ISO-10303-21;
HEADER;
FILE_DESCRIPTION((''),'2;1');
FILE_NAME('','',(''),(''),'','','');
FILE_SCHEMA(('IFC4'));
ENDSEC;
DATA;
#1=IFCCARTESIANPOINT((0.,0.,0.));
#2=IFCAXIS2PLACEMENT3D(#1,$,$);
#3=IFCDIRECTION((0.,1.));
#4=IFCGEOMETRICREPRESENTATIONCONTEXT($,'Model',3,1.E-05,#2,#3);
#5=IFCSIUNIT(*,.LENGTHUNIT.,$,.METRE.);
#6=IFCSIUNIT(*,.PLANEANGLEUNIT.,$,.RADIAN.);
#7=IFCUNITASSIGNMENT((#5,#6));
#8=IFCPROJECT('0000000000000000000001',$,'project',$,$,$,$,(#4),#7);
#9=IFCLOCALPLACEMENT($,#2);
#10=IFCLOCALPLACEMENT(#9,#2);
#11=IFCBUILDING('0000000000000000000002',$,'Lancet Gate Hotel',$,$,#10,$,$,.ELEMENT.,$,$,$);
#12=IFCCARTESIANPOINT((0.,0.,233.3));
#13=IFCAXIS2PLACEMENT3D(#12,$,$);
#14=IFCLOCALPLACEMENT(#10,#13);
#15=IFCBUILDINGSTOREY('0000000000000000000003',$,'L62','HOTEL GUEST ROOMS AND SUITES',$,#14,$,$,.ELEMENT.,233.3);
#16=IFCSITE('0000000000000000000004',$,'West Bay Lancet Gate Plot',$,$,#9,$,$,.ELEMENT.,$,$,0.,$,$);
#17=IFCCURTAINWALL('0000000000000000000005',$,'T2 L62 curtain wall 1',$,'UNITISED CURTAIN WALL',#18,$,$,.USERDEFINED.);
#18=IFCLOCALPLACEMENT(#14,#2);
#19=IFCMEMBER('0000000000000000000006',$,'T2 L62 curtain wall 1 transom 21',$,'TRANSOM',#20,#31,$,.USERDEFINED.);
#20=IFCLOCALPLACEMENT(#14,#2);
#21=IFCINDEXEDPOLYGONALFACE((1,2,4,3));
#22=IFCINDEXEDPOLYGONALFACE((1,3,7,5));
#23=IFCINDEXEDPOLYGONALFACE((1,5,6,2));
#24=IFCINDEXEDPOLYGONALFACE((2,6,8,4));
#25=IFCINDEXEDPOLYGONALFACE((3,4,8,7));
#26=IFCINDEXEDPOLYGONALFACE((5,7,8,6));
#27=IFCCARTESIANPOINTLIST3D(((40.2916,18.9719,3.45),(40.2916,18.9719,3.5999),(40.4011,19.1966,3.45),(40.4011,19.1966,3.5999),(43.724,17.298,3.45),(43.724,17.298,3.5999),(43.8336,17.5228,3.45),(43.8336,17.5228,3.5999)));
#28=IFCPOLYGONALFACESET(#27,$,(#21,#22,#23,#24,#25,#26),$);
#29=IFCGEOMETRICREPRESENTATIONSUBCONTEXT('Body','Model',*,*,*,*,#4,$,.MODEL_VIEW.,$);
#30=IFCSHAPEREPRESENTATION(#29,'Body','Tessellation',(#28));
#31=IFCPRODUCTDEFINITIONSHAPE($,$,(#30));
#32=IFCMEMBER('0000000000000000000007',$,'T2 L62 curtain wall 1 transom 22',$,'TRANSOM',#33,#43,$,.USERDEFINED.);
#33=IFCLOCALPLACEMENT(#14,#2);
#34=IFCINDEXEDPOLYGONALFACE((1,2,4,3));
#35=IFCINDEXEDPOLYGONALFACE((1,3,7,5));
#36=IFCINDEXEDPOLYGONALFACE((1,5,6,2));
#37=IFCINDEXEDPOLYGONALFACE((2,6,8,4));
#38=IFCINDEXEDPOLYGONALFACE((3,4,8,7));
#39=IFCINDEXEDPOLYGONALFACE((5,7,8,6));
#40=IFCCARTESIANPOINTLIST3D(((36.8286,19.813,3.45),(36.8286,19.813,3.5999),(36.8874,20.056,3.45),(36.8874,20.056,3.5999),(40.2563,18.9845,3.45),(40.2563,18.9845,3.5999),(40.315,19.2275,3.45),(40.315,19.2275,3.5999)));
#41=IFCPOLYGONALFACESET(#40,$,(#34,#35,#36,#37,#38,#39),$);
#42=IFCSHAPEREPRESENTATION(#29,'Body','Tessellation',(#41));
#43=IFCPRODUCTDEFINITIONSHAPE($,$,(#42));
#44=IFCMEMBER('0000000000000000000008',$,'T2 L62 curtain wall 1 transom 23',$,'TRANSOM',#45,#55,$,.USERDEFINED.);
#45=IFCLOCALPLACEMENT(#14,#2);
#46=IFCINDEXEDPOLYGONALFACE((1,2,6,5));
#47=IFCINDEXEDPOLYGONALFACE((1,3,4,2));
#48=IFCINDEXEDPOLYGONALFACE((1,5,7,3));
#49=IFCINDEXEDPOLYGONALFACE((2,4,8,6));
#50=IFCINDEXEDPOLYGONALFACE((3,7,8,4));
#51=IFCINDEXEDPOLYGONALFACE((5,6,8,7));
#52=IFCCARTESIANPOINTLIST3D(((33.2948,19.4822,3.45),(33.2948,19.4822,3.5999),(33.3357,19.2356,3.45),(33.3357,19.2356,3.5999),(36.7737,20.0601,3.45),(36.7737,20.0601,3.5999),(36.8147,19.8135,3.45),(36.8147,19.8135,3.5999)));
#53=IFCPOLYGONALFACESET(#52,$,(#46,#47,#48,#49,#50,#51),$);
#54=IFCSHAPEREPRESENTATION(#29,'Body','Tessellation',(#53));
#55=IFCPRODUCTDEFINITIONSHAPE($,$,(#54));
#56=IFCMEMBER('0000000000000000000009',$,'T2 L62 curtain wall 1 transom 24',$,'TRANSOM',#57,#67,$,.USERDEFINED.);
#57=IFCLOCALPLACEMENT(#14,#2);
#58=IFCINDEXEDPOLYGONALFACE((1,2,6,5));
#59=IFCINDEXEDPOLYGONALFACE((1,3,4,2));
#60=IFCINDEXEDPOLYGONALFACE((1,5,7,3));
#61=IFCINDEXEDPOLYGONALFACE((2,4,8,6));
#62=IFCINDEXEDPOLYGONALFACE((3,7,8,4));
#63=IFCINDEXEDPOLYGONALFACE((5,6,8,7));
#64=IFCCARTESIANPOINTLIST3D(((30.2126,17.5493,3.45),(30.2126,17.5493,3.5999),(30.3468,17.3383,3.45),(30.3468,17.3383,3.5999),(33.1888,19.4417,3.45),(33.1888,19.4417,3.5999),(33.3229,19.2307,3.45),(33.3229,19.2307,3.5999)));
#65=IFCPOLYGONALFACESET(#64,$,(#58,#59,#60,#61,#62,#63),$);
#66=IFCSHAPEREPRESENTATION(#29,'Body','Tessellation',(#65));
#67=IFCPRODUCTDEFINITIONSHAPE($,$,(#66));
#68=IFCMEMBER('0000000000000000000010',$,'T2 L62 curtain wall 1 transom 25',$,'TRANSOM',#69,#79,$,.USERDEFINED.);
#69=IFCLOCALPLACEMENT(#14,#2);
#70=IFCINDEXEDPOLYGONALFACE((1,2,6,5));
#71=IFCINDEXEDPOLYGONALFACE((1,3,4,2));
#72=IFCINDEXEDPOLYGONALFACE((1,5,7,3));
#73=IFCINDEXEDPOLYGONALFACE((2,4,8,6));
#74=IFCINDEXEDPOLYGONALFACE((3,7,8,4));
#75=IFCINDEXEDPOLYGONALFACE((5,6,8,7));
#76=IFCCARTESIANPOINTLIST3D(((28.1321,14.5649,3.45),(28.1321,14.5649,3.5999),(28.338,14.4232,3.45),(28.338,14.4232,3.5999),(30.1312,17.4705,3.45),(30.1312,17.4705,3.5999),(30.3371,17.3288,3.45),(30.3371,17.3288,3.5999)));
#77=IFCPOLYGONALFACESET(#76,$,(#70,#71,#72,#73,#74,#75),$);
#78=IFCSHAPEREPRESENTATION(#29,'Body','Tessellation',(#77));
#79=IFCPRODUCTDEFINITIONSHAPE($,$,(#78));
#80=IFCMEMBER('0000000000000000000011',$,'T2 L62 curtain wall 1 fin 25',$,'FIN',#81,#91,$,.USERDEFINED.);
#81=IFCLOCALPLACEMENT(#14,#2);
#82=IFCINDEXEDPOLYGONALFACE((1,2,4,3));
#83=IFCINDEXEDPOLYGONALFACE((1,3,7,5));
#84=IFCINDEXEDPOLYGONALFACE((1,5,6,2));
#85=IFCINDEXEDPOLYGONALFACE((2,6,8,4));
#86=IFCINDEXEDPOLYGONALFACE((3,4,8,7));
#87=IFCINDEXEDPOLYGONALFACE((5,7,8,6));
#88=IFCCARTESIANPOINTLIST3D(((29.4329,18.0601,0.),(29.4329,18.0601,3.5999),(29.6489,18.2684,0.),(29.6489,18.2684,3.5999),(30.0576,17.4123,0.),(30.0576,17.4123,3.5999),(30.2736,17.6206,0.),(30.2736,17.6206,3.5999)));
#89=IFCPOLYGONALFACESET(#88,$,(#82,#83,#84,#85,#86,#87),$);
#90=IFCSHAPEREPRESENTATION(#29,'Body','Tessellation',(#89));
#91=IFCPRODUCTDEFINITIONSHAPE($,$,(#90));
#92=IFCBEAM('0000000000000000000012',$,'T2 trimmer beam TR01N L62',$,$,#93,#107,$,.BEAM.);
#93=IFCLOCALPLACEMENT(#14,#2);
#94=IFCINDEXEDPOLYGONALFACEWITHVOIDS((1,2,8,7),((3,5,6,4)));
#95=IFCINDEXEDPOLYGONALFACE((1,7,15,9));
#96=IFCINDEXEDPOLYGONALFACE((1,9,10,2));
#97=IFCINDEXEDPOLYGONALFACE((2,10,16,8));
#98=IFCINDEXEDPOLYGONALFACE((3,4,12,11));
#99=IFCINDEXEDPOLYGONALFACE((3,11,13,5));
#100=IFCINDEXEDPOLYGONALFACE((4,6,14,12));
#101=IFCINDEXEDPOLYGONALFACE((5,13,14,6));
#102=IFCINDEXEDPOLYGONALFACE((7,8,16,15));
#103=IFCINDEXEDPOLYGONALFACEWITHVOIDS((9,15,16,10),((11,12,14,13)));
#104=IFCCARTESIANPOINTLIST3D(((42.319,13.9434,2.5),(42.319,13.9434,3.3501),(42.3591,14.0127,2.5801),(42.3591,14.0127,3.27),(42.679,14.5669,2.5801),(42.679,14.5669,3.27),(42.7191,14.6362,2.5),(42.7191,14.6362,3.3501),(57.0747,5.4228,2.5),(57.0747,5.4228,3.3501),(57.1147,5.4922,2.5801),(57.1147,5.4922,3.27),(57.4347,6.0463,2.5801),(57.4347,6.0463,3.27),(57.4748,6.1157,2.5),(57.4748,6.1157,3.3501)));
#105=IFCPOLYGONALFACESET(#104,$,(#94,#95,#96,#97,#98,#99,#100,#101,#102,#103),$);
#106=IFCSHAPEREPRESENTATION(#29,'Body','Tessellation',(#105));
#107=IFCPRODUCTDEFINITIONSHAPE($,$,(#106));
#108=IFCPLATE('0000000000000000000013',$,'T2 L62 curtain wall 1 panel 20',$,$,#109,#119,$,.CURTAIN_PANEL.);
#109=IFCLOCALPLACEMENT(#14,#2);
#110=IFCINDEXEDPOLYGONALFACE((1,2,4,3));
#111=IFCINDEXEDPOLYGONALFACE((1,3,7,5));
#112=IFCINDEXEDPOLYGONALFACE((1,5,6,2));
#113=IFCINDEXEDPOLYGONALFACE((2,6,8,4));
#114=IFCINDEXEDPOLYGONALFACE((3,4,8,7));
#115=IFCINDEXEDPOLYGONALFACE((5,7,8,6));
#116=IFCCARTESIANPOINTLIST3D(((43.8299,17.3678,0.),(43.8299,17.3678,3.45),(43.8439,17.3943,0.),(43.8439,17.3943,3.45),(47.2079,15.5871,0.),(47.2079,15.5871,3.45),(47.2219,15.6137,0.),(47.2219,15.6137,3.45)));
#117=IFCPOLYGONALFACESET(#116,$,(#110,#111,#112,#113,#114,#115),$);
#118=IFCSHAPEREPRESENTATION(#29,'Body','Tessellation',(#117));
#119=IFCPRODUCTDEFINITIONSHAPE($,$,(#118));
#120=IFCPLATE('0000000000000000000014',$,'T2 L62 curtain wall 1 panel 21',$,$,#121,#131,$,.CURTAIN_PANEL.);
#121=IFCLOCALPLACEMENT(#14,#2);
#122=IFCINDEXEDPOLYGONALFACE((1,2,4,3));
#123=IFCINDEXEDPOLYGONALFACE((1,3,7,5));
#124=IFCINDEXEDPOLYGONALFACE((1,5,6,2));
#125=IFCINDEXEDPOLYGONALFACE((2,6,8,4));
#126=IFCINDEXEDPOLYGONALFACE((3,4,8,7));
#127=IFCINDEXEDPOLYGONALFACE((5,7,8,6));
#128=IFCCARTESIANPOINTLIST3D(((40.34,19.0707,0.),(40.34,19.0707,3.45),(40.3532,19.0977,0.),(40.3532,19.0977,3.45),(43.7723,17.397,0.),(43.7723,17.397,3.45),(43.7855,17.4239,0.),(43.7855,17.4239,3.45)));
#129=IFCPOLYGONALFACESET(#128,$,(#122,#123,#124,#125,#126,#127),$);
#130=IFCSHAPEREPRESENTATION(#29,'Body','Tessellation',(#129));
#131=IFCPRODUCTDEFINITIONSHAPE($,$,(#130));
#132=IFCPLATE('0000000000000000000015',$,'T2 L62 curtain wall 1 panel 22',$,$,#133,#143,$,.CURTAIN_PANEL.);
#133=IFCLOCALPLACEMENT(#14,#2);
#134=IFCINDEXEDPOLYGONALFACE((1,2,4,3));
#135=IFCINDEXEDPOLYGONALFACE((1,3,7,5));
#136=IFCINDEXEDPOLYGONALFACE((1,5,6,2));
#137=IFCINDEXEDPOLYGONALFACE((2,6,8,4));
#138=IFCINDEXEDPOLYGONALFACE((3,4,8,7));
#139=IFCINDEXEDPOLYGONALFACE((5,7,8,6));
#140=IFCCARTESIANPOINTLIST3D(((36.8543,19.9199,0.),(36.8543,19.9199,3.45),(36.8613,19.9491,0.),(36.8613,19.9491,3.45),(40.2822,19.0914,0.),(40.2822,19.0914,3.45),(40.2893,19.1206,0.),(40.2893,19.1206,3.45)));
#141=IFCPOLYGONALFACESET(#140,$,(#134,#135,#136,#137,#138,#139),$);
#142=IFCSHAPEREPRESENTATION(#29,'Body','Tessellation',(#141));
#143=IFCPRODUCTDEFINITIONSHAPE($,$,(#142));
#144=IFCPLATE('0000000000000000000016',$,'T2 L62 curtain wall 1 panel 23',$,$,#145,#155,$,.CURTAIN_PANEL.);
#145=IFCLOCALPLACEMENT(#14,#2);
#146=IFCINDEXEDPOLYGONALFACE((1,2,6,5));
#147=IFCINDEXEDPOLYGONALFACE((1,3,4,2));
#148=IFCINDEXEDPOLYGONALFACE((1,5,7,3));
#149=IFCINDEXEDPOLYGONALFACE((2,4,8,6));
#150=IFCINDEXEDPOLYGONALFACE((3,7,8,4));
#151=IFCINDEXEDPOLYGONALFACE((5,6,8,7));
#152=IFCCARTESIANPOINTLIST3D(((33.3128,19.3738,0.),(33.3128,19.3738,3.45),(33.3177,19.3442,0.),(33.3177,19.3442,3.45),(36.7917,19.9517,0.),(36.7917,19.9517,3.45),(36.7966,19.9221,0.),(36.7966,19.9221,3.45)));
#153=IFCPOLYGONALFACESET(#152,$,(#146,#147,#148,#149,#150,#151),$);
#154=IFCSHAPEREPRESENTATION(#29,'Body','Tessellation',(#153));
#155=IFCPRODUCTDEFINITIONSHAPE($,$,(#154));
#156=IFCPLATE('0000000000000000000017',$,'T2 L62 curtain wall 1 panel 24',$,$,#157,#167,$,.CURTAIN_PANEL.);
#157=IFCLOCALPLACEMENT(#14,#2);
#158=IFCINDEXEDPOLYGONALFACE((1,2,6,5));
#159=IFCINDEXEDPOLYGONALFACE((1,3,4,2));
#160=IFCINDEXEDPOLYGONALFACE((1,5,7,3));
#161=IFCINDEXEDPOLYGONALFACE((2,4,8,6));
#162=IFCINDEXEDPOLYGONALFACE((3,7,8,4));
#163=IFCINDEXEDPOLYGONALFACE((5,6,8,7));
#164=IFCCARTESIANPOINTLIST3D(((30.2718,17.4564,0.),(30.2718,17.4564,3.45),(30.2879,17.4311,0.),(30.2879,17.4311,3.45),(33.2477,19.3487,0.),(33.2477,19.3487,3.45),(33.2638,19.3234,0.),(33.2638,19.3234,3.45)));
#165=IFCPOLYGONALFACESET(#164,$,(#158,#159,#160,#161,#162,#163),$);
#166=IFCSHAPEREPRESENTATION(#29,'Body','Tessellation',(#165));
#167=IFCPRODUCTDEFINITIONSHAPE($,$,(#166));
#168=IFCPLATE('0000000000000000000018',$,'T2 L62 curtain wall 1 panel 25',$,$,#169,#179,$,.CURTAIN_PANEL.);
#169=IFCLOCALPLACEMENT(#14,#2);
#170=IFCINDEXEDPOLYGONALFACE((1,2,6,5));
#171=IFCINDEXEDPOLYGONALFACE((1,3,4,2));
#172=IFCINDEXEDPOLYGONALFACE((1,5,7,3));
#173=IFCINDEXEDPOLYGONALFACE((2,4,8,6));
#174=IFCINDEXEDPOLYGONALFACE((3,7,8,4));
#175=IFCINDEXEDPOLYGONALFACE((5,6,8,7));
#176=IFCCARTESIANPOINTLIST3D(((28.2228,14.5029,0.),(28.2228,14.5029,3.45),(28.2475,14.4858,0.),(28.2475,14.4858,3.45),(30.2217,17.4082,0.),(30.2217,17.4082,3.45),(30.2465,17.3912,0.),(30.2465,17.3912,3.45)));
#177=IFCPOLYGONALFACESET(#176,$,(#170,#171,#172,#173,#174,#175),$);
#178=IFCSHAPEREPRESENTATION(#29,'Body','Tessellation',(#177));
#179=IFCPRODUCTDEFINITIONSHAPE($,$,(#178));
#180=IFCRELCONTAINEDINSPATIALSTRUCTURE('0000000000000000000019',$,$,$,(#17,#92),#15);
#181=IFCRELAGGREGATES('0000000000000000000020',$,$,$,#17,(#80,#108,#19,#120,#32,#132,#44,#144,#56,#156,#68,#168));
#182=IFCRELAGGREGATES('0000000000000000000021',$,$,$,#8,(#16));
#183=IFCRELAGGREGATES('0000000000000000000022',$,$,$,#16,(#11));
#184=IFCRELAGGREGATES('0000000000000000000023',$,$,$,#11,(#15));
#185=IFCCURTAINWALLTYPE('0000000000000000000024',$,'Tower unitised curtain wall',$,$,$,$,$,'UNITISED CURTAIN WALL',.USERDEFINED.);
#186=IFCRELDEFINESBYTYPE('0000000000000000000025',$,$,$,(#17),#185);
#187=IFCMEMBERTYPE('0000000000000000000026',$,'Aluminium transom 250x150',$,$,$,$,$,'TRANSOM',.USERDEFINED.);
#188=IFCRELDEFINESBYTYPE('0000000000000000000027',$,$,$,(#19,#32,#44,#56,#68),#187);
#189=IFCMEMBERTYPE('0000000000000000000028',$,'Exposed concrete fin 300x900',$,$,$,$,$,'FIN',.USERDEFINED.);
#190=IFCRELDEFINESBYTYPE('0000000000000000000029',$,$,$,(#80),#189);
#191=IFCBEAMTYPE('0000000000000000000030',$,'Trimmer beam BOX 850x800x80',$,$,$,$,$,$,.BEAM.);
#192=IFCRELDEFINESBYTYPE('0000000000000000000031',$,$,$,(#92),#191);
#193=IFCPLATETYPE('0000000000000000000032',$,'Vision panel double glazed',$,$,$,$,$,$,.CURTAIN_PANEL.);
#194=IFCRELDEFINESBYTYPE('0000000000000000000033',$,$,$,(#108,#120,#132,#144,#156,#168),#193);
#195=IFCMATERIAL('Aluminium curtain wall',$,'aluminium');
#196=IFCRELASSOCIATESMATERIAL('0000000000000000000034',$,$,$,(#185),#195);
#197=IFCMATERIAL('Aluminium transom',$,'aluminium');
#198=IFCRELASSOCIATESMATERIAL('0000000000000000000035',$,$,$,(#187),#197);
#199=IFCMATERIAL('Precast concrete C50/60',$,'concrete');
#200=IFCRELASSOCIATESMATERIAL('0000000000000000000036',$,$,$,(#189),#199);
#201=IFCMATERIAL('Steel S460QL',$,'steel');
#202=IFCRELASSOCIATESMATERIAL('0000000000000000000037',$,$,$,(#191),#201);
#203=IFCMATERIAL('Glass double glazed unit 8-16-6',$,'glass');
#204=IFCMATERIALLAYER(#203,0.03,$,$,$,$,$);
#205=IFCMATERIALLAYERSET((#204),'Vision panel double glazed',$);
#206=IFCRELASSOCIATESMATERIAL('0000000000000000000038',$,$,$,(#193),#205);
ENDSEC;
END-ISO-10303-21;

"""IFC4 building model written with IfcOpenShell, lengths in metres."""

from ifc_helpers import new_model, si_unit, direction, frame, origin, origin_2d, place, context, subcontext, project, spatial, rectangle, hollow_rectangle, extrude, material, layer, layer_set, material_profile, profile_set, type_object, element, aggregate, save


model = new_model("IFC4")

# Units and contexts
model_context = context("Model", 3, precision=1e-05, world=origin(), true_north=direction((0.0, 1.0)))
body_context = subcontext(model_context, "Body", "Model", "MODEL_VIEW")
ifc_project = project(units=[si_unit("LENGTHUNIT", "METRE"), si_unit("PLANEANGLEUNIT", "RADIAN")], contexts=[model_context])

# Site, building, storey
site_placement = place(None, origin())
site = spatial("IfcSite", under=ifc_project, at=site_placement, Name="West Bay Lancet Gate Plot", CompositionType="ELEMENT", RefElevation=0.0)
building_placement = place(site_placement, origin())
building = spatial("IfcBuilding", under=site, at=building_placement, Name="Lancet Gate Hotel", CompositionType="ELEMENT")
storey_placement = place(building_placement, frame((0.0, 0.0, 233.3)))
storey = spatial("IfcBuildingStorey", under=building, at=storey_placement, Name="L62", Description="HOTEL GUEST ROOMS AND SUITES", CompositionType="ELEMENT", Elevation=233.3)

# Curtain wall, members
ifc_material_1 = material(Name="Aluminium curtain wall", Category="aluminium")
curtain_wall_type = type_object("IfcCurtainWallType", Name="Tower unitised curtain wall", ElementType="UNITISED CURTAIN WALL", PredefinedType="USERDEFINED", material=ifc_material_1)
curtain_wall_placement = place(storey_placement, origin())
curtain_wall = element("IfcCurtainWall", 1, at=curtain_wall_placement, inside=storey, type_object=curtain_wall_type, Name="T2 L62 curtain wall 1", ObjectType="UNITISED CURTAIN WALL", PredefinedType="USERDEFINED")
ifc_material_2 = material(Name="Aluminium transom", Category="aluminium")
ifc_material_profile_1 = material_profile(ifc_material_2, rectangle(XDim=0.25, YDim=0.1499, at=origin_2d()), Name="TRANSOM 250x150")
ifc_profile_set_1 = profile_set([ifc_material_profile_1], Name="Aluminium transom")
member_type_1 = type_object("IfcMemberType", Name="Aluminium transom 250x150", ElementType="TRANSOM", PredefinedType="USERDEFINED", material=ifc_profile_set_1)
member_1_placement = place(storey_placement, frame((43.7788, 17.4104, 3.5249), z_axis=(-0.89882, 0.438318, 0.0), x_axis=(-0.438318, -0.89882, 0.0)))
member_1 = element("IfcMember", 2, at=member_1_placement, type_object=member_type_1, Name="T2 L62 curtain wall 1 transom 21", ObjectType="TRANSOM", PredefinedType="USERDEFINED", context=body_context, shape_type="SweptSolid", body=[
    extrude(rectangle(XDim=0.25, YDim=0.1499, at=origin_2d()), origin(), (0.0, 0.0, 1.0), 3.8188),
])
member_2_placement = place(storey_placement, frame((40.2856, 19.106, 3.5249), z_axis=(-0.972003, 0.23497, 0.0), x_axis=(-0.23497, -0.972003, 0.0)))
member_2 = element("IfcMember", 3, at=member_2_placement, type_object=member_type_1, Name="T2 L62 curtain wall 1 transom 22", ObjectType="TRANSOM", PredefinedType="USERDEFINED", context=body_context, shape_type="SweptSolid", body=[
    extrude(rectangle(XDim=0.25, YDim=0.1499, at=origin_2d()), origin(), (0.0, 0.0, 1.0), 3.5264),
])
member_3_placement = place(storey_placement, frame((36.7942, 19.9368, 3.5249), z_axis=(-0.986484, -0.16386, 0.0), x_axis=(0.16386, -0.986484, 0.0)))
member_3 = element("IfcMember", 4, at=member_3_placement, type_object=member_type_1, Name="T2 L62 curtain wall 1 transom 23", ObjectType="TRANSOM", PredefinedType="USERDEFINED", context=body_context, shape_type="SweptSolid", body=[
    extrude(rectangle(XDim=0.25, YDim=0.1499, at=origin_2d()), origin(), (0.0, 0.0, 1.0), 3.5266),
])
member_4_placement = place(storey_placement, frame((33.2559, 19.3362, 3.5249), z_axis=(-0.843858, -0.536566, 0.0), x_axis=(0.536566, -0.843858, 0.0)))
member_4 = element("IfcMember", 5, at=member_4_placement, type_object=member_type_1, Name="T2 L62 curtain wall 1 transom 24", ObjectType="TRANSOM", PredefinedType="USERDEFINED", context=body_context, shape_type="SweptSolid", body=[
    extrude(rectangle(XDim=0.25, YDim=0.1499, at=origin_2d()), origin(), (0.0, 0.0, 1.0), 3.5269),
])
member_5_placement = place(storey_placement, frame((30.2341, 17.3997, 3.5249), z_axis=(-0.566814, -0.823846, 0.0), x_axis=(0.823846, -0.566814, 0.0)))
member_5 = element("IfcMember", 6, at=member_5_placement, type_object=member_type_1, Name="T2 L62 curtain wall 1 transom 25", ObjectType="TRANSOM", PredefinedType="USERDEFINED", context=body_context, shape_type="SweptSolid", body=[
    extrude(rectangle(XDim=0.25, YDim=0.1499, at=origin_2d()), origin(), (0.0, 0.0, 1.0), 3.5269),
])
ifc_material_3 = material(Name="Precast concrete C50/60", Category="concrete")
ifc_material_profile_2 = material_profile(ifc_material_3, rectangle(XDim=0.3, YDim=0.8999, at=origin_2d()), Name="FIN 300x900")
ifc_profile_set_2 = profile_set([ifc_material_profile_2], Name="Precast concrete C50/60")
member_type_2 = type_object("IfcMemberType", Name="Exposed concrete fin 300x900", ElementType="FIN", PredefinedType="USERDEFINED", material=ifc_profile_set_2)
member_6_placement = place(storey_placement, frame((29.8533, 17.8403, 0.0), z_axis=(0.0, 0.0, 1.0), x_axis=(-0.719809, -0.694172, 0.0)))
member_6 = element("IfcMember", 7, at=member_6_placement, type_object=member_type_2, Name="T2 L62 curtain wall 1 fin 25", ObjectType="FIN", PredefinedType="USERDEFINED", context=body_context, shape_type="SweptSolid", body=[
    extrude(rectangle(XDim=0.3, YDim=0.8999, at=origin_2d()), origin(), (0.0, 0.0, 1.0), 3.5999),
])

# Beam
ifc_material_4 = material(Name="Steel S460QL", Category="steel")
ifc_material_profile_3 = material_profile(ifc_material_4, hollow_rectangle(XDim=0.8, YDim=0.8501, WallThickness=0.0801, at=origin_2d()), Name="BOX 850x800x80")
ifc_profile_set_3 = profile_set([ifc_material_profile_3], Name="Steel S460QL")
beam_type = type_object("IfcBeamType", Name="Trimmer beam BOX 850x800x80", PredefinedType="BEAM", material=ifc_profile_set_3)
beam_placement = place(storey_placement, frame((42.519, 14.2898, 2.925), z_axis=(0.865991, -0.500059, 0.0), x_axis=(0.500059, 0.865991, 0.0)))
element("IfcBeam", 8, at=beam_placement, inside=storey, type_object=beam_type, Name="T2 trimmer beam TR01N L62", PredefinedType="BEAM", context=body_context, shape_type="SweptSolid", body=[
    extrude(hollow_rectangle(XDim=0.8, YDim=0.8501, WallThickness=0.0801, at=origin_2d()), origin(), (0.0, 0.0, 1.0), 17.0391),
])

# Plates
ifc_material_5 = material(Name="Glass double glazed unit 8-16-6", Category="glass")
ifc_layer_1 = layer(ifc_material_5, 0.03)
ifc_layer_set_1 = layer_set([ifc_layer_1], Name="Vision panel double glazed")
plate_type = type_object("IfcPlateType", Name="Vision panel double glazed", PredefinedType="CURTAIN_PANEL", material=ifc_layer_set_1)
plate_1_placement = place(storey_placement, frame((45.5259, 16.4907, 0.0), z_axis=(0.0, 0.0, 1.0), x_axis=(-0.884623, 0.466307, 0.0)))
plate_1 = element("IfcPlate", 9, at=plate_1_placement, type_object=plate_type, Name="T2 L62 curtain wall 1 panel 20", PredefinedType="CURTAIN_PANEL", context=body_context, shape_type="SweptSolid", body=[
    extrude(rectangle(XDim=3.8186, YDim=0.03, at=origin_2d()), origin(), (0.0, 0.0, 1.0), 3.45),
])
plate_2_placement = place(storey_placement, frame((42.0627, 18.2473, 0.0), z_axis=(0.0, 0.0, 1.0), x_axis=(-0.898823, 0.438311, 0.0)))
plate_2 = element("IfcPlate", 10, at=plate_2_placement, type_object=plate_type, Name="T2 L62 curtain wall 1 panel 21", PredefinedType="CURTAIN_PANEL", context=body_context, shape_type="SweptSolid", body=[
    extrude(rectangle(XDim=3.8186, YDim=0.03, at=origin_2d()), origin(), (0.0, 0.0, 1.0), 3.45),
])
plate_3_placement = place(storey_placement, frame((38.5718, 19.5203, 0.0), z_axis=(0.0, 0.0, 1.0), x_axis=(-0.972014, 0.234924, 0.0)))
plate_3 = element("IfcPlate", 11, at=plate_3_placement, type_object=plate_type, Name="T2 L62 curtain wall 1 panel 22", PredefinedType="CURTAIN_PANEL", context=body_context, shape_type="SweptSolid", body=[
    extrude(rectangle(XDim=3.5266, YDim=0.03, at=origin_2d()), origin(), (0.0, 0.0, 1.0), 3.45),
])
plate_4_placement = place(storey_placement, frame((35.0547, 19.6479, 0.0), z_axis=(0.0, 0.0, 1.0), x_axis=(-0.98648, -0.163881, 0.0)))
plate_4 = element("IfcPlate", 12, at=plate_4_placement, type_object=plate_type, Name="T2 L62 curtain wall 1 panel 23", PredefinedType="CURTAIN_PANEL", context=body_context, shape_type="SweptSolid", body=[
    extrude(rectangle(XDim=3.5266, YDim=0.03, at=origin_2d()), origin(), (0.0, 0.0, 1.0), 3.45),
])
plate_5_placement = place(storey_placement, frame((31.7678, 18.3899, 0.0), z_axis=(0.0, 0.0, 1.0), x_axis=(-0.843845, -0.536587, 0.0)))
plate_5 = element("IfcPlate", 13, at=plate_5_placement, type_object=plate_type, Name="T2 L62 curtain wall 1 panel 24", PredefinedType="CURTAIN_PANEL", context=body_context, shape_type="SweptSolid", body=[
    extrude(rectangle(XDim=3.5266, YDim=0.03, at=origin_2d()), origin(), (0.0, 0.0, 1.0), 3.45),
])
plate_6_placement = place(storey_placement, frame((29.2346, 15.947, 0.0), z_axis=(0.0, 0.0, 1.0), x_axis=(-0.566824, -0.823839, 0.0)))
plate_6 = element("IfcPlate", 14, at=plate_6_placement, type_object=plate_type, Name="T2 L62 curtain wall 1 panel 25", PredefinedType="CURTAIN_PANEL", context=body_context, shape_type="SweptSolid", body=[
    extrude(rectangle(XDim=3.5266, YDim=0.03, at=origin_2d()), origin(), (0.0, 0.0, 1.0), 3.45),
])
aggregate(curtain_wall, [member_6, plate_1, member_1, plate_2, member_2, plate_3, member_3, plate_4, member_4, plate_5, member_5, plate_6])

save(model, "model.ifc")
